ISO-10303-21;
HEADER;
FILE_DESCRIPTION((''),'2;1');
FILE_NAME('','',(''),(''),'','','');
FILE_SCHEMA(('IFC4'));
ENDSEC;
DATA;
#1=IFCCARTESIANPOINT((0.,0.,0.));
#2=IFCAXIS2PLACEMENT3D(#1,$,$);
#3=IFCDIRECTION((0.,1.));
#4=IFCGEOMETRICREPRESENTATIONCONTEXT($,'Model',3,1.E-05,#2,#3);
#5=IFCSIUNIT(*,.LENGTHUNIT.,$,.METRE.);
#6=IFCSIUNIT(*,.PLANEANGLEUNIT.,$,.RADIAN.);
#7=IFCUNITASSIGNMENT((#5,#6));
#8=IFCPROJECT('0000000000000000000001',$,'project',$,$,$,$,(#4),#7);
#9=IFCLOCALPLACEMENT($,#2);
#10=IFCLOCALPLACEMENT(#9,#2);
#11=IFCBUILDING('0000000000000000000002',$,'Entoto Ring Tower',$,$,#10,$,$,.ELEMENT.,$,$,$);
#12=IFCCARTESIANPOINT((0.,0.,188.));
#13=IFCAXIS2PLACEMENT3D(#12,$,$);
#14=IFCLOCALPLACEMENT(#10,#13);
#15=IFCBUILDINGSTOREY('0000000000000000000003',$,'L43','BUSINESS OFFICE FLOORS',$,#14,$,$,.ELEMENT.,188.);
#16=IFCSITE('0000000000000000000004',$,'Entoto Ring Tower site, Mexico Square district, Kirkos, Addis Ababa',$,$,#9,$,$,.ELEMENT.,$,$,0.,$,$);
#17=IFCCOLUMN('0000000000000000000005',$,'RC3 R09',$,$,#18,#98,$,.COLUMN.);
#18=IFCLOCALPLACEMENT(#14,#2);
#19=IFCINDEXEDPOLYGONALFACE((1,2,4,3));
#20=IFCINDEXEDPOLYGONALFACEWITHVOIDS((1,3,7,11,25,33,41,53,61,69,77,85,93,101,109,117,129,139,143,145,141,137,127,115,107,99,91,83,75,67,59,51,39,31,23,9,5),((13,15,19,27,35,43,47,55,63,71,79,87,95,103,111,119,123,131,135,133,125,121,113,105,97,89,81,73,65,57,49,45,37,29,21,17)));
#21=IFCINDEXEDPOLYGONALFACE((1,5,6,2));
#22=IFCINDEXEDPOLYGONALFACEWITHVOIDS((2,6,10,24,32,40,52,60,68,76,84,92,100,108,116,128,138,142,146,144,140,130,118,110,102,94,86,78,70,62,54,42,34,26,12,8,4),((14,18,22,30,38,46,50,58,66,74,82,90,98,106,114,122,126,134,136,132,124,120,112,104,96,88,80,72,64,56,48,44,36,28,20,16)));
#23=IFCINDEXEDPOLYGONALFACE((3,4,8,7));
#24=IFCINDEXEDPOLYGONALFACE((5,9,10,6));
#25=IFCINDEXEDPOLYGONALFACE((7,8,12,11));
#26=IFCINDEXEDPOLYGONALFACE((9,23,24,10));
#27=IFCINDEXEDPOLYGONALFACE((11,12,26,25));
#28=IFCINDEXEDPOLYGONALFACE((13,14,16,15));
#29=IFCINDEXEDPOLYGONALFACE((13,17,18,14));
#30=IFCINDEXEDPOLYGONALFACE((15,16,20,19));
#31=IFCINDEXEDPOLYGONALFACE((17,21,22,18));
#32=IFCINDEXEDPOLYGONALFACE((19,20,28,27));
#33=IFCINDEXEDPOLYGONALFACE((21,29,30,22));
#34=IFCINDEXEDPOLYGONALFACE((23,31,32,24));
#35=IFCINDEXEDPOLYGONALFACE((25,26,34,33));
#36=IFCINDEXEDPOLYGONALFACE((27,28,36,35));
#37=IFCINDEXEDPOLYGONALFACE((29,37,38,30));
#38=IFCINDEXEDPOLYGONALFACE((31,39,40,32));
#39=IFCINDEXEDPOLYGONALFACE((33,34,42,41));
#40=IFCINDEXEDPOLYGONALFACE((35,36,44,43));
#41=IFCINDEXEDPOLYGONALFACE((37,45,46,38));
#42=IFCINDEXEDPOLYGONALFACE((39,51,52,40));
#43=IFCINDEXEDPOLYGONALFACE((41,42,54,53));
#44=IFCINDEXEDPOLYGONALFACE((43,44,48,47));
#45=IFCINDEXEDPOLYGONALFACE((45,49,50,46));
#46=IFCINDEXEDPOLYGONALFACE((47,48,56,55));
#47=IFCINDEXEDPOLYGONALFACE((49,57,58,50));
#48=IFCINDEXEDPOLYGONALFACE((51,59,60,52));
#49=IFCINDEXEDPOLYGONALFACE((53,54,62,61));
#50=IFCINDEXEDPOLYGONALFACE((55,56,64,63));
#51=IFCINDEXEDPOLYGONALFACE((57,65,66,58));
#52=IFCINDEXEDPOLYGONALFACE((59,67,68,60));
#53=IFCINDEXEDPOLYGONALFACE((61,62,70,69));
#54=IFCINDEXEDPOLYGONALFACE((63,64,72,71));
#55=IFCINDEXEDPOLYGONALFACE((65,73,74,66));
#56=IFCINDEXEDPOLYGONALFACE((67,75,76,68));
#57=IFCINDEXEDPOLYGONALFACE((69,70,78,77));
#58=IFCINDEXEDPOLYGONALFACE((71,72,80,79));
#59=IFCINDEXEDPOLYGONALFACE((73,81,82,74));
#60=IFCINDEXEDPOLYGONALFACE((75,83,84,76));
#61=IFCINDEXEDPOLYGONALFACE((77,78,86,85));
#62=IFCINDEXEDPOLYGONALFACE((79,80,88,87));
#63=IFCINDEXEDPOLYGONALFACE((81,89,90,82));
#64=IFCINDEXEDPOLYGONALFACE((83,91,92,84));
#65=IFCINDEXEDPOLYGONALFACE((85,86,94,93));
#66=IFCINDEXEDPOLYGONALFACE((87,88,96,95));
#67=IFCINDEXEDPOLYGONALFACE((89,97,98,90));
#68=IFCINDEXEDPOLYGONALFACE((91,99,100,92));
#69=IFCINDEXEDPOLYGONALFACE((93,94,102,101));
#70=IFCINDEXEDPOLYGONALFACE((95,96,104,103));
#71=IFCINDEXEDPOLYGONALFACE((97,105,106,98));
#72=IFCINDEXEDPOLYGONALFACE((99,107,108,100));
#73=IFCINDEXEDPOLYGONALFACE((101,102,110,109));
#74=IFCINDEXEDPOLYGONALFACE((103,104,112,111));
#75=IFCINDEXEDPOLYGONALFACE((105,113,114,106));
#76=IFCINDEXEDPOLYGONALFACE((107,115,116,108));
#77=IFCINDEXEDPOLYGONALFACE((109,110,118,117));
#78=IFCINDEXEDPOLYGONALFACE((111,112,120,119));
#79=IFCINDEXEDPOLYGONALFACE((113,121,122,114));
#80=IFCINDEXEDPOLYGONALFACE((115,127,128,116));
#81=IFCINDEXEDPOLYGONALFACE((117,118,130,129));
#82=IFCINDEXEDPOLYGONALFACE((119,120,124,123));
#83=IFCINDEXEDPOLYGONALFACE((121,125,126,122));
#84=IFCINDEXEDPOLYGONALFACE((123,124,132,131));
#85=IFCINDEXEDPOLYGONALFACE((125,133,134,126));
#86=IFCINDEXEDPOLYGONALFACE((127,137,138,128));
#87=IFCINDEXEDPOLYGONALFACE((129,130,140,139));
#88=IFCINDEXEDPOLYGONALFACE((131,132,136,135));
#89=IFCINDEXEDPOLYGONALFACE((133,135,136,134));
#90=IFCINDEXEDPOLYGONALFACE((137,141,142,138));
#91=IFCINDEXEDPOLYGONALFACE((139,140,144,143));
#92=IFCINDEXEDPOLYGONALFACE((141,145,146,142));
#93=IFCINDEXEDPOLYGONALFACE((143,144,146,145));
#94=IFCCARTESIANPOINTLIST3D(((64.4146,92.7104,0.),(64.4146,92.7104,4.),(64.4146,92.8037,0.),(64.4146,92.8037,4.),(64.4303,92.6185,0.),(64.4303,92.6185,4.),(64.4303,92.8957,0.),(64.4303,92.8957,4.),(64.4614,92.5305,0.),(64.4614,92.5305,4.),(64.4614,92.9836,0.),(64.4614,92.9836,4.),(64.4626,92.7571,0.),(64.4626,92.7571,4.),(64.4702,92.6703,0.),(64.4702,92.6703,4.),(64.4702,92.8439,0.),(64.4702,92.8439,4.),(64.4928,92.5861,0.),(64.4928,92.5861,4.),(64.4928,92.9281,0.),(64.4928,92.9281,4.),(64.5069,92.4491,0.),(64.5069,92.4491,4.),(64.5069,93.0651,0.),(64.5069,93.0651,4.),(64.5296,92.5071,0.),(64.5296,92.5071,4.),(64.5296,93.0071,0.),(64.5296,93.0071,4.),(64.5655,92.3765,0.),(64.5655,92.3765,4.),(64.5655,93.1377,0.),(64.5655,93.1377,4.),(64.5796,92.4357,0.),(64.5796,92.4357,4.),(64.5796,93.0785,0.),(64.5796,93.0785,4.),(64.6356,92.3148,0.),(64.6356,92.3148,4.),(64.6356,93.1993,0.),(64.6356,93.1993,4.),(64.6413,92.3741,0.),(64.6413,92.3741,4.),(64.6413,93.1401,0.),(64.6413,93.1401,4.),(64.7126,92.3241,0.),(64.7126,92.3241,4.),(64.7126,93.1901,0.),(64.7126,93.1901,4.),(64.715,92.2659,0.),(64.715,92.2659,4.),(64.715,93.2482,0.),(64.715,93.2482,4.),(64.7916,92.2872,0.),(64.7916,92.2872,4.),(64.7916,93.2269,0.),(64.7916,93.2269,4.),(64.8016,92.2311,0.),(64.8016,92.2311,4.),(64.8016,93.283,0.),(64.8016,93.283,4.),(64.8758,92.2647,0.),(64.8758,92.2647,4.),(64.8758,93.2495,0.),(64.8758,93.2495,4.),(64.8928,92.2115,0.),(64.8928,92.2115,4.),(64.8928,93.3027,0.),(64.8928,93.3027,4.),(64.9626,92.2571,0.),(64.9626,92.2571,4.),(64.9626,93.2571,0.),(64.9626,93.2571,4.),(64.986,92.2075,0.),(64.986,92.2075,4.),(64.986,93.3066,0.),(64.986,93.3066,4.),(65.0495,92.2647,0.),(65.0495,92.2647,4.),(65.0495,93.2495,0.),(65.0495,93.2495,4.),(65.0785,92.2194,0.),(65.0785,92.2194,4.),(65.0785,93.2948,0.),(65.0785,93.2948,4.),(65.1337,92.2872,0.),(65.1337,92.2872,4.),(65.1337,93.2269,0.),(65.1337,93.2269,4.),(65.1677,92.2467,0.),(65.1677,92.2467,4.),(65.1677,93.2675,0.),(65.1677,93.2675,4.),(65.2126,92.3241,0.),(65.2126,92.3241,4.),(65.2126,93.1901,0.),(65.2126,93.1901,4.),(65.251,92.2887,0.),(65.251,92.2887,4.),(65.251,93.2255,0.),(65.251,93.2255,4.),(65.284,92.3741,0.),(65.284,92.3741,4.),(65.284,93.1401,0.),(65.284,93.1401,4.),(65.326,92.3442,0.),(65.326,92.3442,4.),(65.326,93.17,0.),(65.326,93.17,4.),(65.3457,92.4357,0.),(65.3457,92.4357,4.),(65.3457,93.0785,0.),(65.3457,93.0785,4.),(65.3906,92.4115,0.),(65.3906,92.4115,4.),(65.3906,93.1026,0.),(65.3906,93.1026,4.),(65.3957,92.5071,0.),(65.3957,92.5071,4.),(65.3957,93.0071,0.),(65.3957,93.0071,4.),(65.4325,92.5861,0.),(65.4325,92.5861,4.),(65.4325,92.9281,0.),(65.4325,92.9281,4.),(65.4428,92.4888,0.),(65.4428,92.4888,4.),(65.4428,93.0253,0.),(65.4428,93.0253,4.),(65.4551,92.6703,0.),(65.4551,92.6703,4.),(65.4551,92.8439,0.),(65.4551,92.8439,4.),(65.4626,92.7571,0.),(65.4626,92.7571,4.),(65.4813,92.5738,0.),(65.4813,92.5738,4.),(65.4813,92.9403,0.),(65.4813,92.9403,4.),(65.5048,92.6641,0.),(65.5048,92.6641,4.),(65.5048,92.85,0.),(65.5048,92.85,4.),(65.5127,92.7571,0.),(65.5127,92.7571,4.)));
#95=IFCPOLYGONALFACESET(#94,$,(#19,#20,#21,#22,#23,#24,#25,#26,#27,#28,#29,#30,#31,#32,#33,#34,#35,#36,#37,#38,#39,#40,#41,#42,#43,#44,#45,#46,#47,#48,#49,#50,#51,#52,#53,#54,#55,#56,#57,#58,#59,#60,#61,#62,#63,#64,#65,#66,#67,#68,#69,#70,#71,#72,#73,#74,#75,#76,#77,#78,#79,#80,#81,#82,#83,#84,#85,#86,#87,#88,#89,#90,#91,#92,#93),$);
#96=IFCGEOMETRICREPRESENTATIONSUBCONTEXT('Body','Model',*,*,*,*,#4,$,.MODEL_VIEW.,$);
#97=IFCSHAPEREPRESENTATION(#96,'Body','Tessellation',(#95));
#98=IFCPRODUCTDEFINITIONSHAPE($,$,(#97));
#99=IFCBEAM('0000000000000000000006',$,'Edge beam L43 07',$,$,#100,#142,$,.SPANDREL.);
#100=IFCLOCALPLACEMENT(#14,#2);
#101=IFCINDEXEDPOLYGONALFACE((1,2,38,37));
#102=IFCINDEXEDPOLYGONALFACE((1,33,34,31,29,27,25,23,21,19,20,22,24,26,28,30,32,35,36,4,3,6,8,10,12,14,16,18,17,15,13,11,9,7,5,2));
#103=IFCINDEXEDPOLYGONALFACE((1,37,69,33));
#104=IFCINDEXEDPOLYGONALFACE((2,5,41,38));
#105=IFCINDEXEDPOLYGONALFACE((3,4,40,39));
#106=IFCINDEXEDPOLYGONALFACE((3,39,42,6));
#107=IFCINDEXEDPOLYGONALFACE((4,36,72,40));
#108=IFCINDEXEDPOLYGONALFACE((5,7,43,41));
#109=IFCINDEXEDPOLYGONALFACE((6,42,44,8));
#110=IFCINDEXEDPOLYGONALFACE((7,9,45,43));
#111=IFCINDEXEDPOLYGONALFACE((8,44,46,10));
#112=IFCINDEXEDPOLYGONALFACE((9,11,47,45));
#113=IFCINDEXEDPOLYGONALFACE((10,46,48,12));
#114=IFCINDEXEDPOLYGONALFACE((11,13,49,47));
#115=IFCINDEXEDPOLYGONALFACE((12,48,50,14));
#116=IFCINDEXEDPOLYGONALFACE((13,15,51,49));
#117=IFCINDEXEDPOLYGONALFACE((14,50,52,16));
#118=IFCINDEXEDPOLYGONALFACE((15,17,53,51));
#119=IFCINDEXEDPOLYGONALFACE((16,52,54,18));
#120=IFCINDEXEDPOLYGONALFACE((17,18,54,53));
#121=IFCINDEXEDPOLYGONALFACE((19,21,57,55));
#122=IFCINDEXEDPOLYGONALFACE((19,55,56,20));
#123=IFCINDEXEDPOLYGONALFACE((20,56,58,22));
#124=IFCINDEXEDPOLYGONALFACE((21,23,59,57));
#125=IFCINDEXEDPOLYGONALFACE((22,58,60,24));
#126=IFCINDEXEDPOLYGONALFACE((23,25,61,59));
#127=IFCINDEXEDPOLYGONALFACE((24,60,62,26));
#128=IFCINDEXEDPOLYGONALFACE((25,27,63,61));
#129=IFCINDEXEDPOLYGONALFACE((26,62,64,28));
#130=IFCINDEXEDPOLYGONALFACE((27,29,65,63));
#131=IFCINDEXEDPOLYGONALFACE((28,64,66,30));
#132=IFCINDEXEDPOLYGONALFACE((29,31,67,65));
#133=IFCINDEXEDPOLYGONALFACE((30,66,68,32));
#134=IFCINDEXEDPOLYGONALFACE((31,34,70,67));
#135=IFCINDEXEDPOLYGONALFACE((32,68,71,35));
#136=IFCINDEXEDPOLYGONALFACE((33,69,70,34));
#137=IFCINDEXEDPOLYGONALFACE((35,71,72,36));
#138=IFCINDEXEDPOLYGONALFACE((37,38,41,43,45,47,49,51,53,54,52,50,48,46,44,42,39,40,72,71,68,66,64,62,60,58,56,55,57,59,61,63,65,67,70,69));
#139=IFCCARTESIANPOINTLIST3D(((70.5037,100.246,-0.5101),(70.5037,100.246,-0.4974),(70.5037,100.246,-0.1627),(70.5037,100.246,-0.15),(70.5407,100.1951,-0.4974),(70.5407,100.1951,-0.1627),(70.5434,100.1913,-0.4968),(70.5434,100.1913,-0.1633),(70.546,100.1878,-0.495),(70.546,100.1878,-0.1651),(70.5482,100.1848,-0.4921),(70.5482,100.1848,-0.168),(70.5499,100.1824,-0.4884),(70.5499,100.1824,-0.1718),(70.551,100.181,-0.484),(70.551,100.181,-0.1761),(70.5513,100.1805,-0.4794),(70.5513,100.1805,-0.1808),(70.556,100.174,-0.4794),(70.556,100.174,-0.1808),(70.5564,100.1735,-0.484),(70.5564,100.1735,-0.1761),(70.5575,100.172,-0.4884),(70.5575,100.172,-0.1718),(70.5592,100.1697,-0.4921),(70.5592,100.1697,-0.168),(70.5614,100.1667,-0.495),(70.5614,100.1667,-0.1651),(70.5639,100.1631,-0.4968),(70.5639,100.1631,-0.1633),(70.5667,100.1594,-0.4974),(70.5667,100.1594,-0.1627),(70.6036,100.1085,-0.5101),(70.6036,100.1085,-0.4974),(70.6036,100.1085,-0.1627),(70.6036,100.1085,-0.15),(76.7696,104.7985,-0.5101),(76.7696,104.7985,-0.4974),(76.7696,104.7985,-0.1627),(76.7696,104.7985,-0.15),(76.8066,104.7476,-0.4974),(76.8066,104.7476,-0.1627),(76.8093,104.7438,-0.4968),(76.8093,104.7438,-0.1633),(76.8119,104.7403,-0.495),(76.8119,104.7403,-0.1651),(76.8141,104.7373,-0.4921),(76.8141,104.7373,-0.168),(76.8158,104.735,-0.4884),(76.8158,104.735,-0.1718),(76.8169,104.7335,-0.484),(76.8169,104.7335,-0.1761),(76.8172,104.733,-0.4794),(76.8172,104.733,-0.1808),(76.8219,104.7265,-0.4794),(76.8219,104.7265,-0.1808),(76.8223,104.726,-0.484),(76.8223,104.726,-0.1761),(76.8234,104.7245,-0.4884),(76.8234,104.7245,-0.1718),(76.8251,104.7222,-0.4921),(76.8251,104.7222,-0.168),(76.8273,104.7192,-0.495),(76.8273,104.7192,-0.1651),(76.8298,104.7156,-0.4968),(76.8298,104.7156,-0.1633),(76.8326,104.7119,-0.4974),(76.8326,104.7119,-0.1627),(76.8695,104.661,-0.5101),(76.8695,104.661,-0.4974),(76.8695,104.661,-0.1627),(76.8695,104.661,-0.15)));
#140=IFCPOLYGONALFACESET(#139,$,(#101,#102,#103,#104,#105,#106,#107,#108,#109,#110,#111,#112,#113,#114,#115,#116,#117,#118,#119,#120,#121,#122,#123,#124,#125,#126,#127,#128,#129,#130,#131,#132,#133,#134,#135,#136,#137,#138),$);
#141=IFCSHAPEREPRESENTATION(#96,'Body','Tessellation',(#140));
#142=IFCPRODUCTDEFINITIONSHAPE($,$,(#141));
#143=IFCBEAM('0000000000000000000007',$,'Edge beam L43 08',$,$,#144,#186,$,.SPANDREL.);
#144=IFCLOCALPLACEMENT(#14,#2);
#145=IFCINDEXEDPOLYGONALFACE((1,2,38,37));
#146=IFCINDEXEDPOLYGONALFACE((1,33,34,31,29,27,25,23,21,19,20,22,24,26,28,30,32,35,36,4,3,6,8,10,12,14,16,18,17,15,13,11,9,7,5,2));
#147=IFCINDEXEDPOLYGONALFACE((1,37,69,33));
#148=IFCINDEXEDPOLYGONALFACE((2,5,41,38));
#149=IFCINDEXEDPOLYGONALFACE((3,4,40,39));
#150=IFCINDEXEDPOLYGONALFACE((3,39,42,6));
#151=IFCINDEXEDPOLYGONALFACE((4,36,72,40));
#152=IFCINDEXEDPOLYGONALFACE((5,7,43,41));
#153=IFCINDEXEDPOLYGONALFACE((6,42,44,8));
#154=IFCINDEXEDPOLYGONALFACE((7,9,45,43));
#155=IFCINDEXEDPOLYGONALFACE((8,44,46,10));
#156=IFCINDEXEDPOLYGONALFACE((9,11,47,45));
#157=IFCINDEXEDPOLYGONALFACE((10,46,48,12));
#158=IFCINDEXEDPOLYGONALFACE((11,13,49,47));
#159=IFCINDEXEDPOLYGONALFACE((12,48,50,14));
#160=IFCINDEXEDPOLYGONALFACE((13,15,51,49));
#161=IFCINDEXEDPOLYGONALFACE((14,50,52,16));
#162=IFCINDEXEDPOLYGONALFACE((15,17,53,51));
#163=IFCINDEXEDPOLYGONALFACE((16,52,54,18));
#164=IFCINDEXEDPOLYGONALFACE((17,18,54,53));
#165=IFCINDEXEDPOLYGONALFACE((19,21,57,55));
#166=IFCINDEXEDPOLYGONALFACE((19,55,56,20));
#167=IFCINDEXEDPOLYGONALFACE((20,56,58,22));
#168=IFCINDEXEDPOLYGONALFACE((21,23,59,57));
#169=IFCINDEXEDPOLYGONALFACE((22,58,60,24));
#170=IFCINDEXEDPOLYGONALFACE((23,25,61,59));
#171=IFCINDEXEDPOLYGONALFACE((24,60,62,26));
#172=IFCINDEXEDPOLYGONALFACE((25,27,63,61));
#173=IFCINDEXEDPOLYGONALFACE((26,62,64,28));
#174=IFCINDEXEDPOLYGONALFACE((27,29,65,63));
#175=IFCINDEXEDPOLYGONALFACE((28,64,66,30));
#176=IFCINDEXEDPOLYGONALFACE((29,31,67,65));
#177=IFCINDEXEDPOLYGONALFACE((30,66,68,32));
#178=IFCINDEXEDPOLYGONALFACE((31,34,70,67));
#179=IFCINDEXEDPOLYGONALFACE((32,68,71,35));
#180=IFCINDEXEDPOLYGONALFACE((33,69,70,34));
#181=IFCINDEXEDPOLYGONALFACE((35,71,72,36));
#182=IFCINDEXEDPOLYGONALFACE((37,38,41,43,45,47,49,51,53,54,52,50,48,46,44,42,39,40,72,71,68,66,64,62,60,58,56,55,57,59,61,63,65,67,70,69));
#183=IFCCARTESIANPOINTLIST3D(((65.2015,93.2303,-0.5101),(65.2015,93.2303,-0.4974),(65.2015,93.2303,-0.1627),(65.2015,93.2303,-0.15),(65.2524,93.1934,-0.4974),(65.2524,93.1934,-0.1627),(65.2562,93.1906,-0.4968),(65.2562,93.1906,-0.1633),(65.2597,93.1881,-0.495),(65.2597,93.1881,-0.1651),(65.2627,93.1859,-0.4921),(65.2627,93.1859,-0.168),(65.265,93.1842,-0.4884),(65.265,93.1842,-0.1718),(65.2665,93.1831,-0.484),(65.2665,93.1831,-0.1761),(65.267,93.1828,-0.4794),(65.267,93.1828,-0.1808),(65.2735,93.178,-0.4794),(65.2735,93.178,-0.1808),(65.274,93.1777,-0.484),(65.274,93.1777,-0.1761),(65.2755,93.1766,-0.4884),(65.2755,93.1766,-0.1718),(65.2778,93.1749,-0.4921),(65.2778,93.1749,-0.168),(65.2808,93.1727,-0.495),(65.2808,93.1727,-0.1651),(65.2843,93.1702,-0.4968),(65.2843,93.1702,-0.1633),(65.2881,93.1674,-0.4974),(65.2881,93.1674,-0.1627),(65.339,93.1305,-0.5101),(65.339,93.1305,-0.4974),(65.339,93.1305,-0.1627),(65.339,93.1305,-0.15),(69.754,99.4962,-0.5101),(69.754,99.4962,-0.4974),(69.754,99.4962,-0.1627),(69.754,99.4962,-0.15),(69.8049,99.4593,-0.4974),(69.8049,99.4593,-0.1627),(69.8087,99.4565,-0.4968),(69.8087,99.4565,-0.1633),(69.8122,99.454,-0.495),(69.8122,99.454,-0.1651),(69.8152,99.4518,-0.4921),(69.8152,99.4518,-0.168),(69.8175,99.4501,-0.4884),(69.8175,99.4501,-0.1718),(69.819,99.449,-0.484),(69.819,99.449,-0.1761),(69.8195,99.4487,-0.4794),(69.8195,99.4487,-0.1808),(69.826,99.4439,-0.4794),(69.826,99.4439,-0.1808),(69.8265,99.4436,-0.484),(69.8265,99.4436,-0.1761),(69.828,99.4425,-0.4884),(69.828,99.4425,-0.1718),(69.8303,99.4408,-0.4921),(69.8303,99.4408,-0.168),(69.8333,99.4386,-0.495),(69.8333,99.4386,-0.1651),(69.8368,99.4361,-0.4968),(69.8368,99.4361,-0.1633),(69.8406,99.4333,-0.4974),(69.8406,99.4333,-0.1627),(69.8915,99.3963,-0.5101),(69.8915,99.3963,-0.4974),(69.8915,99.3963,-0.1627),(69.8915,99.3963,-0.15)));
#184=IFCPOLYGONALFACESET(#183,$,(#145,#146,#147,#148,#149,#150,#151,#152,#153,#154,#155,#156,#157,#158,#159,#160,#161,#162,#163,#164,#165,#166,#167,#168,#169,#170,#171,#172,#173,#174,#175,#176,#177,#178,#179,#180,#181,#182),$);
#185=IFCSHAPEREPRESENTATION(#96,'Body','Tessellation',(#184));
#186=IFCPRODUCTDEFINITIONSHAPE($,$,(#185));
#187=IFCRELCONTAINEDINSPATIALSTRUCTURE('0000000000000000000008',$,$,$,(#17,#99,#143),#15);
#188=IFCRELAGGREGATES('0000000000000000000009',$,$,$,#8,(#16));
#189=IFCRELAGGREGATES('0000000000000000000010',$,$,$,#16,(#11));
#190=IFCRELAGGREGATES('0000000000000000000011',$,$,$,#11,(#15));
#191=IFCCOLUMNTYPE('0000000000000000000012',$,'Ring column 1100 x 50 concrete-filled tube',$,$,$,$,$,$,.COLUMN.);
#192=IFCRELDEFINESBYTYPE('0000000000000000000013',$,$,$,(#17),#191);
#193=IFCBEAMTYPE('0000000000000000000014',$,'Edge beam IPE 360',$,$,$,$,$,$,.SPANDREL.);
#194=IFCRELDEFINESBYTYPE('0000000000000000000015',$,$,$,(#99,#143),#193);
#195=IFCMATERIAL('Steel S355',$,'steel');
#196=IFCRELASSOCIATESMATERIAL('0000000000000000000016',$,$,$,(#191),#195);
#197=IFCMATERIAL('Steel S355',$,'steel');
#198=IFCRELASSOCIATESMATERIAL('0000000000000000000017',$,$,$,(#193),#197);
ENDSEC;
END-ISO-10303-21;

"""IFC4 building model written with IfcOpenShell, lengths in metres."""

from ifc_helpers import new_model, si_unit, direction, frame, origin, origin_2d, place, context, subcontext, project, spatial, circle, hollow_circle, i_section, extrude, material, material_profile, profile_set, type_object, element, save


model = new_model("IFC4")

# Units and contexts
model_context = context("Model", 3, precision=1e-05, world=origin(), true_north=direction((0.0, 1.0)))
body_context = subcontext(model_context, "Body", "Model", "MODEL_VIEW")
ifc_project = project(units=[si_unit("LENGTHUNIT", "METRE"), si_unit("PLANEANGLEUNIT", "RADIAN")], contexts=[model_context])

# Site, building, storey
site_placement = place(None, origin())
site = spatial("IfcSite", under=ifc_project, at=site_placement, Name="Entoto Ring Tower site, Mexico Square district, Kirkos, Addis Ababa", CompositionType="ELEMENT", RefElevation=0.0)
building_placement = place(site_placement, origin())
building = spatial("IfcBuilding", under=site, at=building_placement, Name="Entoto Ring Tower", CompositionType="ELEMENT")
storey_placement = place(building_placement, frame((0.0, 0.0, 188.0)))
storey = spatial("IfcBuildingStorey", under=building, at=storey_placement, Name="L43", Description="BUSINESS OFFICE FLOORS", CompositionType="ELEMENT", Elevation=188.0)

# Column
ifc_material_1 = material(Name="Steel S355", Category="steel")
ifc_material_profile_1 = material_profile(ifc_material_1, hollow_circle(Radius=0.55, WallThickness=0.05, at=origin_2d()), Name="CHS 1100 x 50")
ifc_material_2 = material(Name="Concrete C60/75", Category="concrete")
ifc_material_profile_2 = material_profile(ifc_material_2, circle(Radius=0.5, at=origin_2d()), Name="Concrete C60/75 infill")
ifc_profile_set_1 = profile_set([ifc_material_profile_1, ifc_material_profile_2], Name="Steel S355")
column_type = type_object("IfcColumnType", Name="Ring column 1100 x 50 concrete-filled tube", PredefinedType="COLUMN", material=ifc_profile_set_1)
for number, where, z_axis, x_axis, name in (
    (1, (64.9626, 92.7571, 0.0), (0.0, 0.0, 1.0), (1.0, 0.0, 0.0), "RC3 R09"),
):
    element("IfcColumn", number, at=place(storey_placement, frame(where, z_axis=z_axis, x_axis=x_axis)), inside=storey, type_object=column_type, Name=name, PredefinedType="COLUMN", context=body_context, shape_type="SweptSolid", body=[
        extrude(hollow_circle(Radius=0.55, WallThickness=0.05, at=origin_2d()), origin(), (0.0, 0.0, 1.0), 4.0),
    ])

# Beams
ifc_material_3 = material(Name="Steel S355", Category="steel")
ifc_material_profile_3 = material_profile(ifc_material_3, i_section(OverallWidth=0.1699, OverallDepth=0.3601, WebThickness=0.0081, FlangeThickness=0.0127, FilletRadius=0.0181, at=origin_2d()), Name="IPE 360")
ifc_profile_set_2 = profile_set([ifc_material_profile_3], Name="Steel S355")
beam_type_1 = type_object("IfcBeamType", Name="Edge beam IPE 360", PredefinedType="SPANDREL", material=ifc_profile_set_2)
for number, where, z_axis, x_axis, name in (
    (2, (76.8196, 104.7297, -0.3301), (-0.809013, -0.587791, 0.0), (0.587791, -0.809013, 0.0), "Edge beam L43 07"),
    (3, (69.8228, 99.4463, -0.3301), (-0.587791, -0.809013, 0.0), (0.809013, -0.587791, 0.0), "Edge beam L43 08"),
):
    element("IfcBeam", number, at=place(storey_placement, frame(where, z_axis=z_axis, x_axis=x_axis)), inside=storey, type_object=beam_type_1, Name=name, PredefinedType="SPANDREL", context=body_context, shape_type="SweptSolid", body=[
        extrude(i_section(OverallWidth=0.1699, OverallDepth=0.3601, WebThickness=0.0081, FlangeThickness=0.0127, FilletRadius=0.0181, at=origin_2d()), origin(), (0.0, 0.0, 1.0), 7.7451),
    ])

save(model, "model.ifc")
